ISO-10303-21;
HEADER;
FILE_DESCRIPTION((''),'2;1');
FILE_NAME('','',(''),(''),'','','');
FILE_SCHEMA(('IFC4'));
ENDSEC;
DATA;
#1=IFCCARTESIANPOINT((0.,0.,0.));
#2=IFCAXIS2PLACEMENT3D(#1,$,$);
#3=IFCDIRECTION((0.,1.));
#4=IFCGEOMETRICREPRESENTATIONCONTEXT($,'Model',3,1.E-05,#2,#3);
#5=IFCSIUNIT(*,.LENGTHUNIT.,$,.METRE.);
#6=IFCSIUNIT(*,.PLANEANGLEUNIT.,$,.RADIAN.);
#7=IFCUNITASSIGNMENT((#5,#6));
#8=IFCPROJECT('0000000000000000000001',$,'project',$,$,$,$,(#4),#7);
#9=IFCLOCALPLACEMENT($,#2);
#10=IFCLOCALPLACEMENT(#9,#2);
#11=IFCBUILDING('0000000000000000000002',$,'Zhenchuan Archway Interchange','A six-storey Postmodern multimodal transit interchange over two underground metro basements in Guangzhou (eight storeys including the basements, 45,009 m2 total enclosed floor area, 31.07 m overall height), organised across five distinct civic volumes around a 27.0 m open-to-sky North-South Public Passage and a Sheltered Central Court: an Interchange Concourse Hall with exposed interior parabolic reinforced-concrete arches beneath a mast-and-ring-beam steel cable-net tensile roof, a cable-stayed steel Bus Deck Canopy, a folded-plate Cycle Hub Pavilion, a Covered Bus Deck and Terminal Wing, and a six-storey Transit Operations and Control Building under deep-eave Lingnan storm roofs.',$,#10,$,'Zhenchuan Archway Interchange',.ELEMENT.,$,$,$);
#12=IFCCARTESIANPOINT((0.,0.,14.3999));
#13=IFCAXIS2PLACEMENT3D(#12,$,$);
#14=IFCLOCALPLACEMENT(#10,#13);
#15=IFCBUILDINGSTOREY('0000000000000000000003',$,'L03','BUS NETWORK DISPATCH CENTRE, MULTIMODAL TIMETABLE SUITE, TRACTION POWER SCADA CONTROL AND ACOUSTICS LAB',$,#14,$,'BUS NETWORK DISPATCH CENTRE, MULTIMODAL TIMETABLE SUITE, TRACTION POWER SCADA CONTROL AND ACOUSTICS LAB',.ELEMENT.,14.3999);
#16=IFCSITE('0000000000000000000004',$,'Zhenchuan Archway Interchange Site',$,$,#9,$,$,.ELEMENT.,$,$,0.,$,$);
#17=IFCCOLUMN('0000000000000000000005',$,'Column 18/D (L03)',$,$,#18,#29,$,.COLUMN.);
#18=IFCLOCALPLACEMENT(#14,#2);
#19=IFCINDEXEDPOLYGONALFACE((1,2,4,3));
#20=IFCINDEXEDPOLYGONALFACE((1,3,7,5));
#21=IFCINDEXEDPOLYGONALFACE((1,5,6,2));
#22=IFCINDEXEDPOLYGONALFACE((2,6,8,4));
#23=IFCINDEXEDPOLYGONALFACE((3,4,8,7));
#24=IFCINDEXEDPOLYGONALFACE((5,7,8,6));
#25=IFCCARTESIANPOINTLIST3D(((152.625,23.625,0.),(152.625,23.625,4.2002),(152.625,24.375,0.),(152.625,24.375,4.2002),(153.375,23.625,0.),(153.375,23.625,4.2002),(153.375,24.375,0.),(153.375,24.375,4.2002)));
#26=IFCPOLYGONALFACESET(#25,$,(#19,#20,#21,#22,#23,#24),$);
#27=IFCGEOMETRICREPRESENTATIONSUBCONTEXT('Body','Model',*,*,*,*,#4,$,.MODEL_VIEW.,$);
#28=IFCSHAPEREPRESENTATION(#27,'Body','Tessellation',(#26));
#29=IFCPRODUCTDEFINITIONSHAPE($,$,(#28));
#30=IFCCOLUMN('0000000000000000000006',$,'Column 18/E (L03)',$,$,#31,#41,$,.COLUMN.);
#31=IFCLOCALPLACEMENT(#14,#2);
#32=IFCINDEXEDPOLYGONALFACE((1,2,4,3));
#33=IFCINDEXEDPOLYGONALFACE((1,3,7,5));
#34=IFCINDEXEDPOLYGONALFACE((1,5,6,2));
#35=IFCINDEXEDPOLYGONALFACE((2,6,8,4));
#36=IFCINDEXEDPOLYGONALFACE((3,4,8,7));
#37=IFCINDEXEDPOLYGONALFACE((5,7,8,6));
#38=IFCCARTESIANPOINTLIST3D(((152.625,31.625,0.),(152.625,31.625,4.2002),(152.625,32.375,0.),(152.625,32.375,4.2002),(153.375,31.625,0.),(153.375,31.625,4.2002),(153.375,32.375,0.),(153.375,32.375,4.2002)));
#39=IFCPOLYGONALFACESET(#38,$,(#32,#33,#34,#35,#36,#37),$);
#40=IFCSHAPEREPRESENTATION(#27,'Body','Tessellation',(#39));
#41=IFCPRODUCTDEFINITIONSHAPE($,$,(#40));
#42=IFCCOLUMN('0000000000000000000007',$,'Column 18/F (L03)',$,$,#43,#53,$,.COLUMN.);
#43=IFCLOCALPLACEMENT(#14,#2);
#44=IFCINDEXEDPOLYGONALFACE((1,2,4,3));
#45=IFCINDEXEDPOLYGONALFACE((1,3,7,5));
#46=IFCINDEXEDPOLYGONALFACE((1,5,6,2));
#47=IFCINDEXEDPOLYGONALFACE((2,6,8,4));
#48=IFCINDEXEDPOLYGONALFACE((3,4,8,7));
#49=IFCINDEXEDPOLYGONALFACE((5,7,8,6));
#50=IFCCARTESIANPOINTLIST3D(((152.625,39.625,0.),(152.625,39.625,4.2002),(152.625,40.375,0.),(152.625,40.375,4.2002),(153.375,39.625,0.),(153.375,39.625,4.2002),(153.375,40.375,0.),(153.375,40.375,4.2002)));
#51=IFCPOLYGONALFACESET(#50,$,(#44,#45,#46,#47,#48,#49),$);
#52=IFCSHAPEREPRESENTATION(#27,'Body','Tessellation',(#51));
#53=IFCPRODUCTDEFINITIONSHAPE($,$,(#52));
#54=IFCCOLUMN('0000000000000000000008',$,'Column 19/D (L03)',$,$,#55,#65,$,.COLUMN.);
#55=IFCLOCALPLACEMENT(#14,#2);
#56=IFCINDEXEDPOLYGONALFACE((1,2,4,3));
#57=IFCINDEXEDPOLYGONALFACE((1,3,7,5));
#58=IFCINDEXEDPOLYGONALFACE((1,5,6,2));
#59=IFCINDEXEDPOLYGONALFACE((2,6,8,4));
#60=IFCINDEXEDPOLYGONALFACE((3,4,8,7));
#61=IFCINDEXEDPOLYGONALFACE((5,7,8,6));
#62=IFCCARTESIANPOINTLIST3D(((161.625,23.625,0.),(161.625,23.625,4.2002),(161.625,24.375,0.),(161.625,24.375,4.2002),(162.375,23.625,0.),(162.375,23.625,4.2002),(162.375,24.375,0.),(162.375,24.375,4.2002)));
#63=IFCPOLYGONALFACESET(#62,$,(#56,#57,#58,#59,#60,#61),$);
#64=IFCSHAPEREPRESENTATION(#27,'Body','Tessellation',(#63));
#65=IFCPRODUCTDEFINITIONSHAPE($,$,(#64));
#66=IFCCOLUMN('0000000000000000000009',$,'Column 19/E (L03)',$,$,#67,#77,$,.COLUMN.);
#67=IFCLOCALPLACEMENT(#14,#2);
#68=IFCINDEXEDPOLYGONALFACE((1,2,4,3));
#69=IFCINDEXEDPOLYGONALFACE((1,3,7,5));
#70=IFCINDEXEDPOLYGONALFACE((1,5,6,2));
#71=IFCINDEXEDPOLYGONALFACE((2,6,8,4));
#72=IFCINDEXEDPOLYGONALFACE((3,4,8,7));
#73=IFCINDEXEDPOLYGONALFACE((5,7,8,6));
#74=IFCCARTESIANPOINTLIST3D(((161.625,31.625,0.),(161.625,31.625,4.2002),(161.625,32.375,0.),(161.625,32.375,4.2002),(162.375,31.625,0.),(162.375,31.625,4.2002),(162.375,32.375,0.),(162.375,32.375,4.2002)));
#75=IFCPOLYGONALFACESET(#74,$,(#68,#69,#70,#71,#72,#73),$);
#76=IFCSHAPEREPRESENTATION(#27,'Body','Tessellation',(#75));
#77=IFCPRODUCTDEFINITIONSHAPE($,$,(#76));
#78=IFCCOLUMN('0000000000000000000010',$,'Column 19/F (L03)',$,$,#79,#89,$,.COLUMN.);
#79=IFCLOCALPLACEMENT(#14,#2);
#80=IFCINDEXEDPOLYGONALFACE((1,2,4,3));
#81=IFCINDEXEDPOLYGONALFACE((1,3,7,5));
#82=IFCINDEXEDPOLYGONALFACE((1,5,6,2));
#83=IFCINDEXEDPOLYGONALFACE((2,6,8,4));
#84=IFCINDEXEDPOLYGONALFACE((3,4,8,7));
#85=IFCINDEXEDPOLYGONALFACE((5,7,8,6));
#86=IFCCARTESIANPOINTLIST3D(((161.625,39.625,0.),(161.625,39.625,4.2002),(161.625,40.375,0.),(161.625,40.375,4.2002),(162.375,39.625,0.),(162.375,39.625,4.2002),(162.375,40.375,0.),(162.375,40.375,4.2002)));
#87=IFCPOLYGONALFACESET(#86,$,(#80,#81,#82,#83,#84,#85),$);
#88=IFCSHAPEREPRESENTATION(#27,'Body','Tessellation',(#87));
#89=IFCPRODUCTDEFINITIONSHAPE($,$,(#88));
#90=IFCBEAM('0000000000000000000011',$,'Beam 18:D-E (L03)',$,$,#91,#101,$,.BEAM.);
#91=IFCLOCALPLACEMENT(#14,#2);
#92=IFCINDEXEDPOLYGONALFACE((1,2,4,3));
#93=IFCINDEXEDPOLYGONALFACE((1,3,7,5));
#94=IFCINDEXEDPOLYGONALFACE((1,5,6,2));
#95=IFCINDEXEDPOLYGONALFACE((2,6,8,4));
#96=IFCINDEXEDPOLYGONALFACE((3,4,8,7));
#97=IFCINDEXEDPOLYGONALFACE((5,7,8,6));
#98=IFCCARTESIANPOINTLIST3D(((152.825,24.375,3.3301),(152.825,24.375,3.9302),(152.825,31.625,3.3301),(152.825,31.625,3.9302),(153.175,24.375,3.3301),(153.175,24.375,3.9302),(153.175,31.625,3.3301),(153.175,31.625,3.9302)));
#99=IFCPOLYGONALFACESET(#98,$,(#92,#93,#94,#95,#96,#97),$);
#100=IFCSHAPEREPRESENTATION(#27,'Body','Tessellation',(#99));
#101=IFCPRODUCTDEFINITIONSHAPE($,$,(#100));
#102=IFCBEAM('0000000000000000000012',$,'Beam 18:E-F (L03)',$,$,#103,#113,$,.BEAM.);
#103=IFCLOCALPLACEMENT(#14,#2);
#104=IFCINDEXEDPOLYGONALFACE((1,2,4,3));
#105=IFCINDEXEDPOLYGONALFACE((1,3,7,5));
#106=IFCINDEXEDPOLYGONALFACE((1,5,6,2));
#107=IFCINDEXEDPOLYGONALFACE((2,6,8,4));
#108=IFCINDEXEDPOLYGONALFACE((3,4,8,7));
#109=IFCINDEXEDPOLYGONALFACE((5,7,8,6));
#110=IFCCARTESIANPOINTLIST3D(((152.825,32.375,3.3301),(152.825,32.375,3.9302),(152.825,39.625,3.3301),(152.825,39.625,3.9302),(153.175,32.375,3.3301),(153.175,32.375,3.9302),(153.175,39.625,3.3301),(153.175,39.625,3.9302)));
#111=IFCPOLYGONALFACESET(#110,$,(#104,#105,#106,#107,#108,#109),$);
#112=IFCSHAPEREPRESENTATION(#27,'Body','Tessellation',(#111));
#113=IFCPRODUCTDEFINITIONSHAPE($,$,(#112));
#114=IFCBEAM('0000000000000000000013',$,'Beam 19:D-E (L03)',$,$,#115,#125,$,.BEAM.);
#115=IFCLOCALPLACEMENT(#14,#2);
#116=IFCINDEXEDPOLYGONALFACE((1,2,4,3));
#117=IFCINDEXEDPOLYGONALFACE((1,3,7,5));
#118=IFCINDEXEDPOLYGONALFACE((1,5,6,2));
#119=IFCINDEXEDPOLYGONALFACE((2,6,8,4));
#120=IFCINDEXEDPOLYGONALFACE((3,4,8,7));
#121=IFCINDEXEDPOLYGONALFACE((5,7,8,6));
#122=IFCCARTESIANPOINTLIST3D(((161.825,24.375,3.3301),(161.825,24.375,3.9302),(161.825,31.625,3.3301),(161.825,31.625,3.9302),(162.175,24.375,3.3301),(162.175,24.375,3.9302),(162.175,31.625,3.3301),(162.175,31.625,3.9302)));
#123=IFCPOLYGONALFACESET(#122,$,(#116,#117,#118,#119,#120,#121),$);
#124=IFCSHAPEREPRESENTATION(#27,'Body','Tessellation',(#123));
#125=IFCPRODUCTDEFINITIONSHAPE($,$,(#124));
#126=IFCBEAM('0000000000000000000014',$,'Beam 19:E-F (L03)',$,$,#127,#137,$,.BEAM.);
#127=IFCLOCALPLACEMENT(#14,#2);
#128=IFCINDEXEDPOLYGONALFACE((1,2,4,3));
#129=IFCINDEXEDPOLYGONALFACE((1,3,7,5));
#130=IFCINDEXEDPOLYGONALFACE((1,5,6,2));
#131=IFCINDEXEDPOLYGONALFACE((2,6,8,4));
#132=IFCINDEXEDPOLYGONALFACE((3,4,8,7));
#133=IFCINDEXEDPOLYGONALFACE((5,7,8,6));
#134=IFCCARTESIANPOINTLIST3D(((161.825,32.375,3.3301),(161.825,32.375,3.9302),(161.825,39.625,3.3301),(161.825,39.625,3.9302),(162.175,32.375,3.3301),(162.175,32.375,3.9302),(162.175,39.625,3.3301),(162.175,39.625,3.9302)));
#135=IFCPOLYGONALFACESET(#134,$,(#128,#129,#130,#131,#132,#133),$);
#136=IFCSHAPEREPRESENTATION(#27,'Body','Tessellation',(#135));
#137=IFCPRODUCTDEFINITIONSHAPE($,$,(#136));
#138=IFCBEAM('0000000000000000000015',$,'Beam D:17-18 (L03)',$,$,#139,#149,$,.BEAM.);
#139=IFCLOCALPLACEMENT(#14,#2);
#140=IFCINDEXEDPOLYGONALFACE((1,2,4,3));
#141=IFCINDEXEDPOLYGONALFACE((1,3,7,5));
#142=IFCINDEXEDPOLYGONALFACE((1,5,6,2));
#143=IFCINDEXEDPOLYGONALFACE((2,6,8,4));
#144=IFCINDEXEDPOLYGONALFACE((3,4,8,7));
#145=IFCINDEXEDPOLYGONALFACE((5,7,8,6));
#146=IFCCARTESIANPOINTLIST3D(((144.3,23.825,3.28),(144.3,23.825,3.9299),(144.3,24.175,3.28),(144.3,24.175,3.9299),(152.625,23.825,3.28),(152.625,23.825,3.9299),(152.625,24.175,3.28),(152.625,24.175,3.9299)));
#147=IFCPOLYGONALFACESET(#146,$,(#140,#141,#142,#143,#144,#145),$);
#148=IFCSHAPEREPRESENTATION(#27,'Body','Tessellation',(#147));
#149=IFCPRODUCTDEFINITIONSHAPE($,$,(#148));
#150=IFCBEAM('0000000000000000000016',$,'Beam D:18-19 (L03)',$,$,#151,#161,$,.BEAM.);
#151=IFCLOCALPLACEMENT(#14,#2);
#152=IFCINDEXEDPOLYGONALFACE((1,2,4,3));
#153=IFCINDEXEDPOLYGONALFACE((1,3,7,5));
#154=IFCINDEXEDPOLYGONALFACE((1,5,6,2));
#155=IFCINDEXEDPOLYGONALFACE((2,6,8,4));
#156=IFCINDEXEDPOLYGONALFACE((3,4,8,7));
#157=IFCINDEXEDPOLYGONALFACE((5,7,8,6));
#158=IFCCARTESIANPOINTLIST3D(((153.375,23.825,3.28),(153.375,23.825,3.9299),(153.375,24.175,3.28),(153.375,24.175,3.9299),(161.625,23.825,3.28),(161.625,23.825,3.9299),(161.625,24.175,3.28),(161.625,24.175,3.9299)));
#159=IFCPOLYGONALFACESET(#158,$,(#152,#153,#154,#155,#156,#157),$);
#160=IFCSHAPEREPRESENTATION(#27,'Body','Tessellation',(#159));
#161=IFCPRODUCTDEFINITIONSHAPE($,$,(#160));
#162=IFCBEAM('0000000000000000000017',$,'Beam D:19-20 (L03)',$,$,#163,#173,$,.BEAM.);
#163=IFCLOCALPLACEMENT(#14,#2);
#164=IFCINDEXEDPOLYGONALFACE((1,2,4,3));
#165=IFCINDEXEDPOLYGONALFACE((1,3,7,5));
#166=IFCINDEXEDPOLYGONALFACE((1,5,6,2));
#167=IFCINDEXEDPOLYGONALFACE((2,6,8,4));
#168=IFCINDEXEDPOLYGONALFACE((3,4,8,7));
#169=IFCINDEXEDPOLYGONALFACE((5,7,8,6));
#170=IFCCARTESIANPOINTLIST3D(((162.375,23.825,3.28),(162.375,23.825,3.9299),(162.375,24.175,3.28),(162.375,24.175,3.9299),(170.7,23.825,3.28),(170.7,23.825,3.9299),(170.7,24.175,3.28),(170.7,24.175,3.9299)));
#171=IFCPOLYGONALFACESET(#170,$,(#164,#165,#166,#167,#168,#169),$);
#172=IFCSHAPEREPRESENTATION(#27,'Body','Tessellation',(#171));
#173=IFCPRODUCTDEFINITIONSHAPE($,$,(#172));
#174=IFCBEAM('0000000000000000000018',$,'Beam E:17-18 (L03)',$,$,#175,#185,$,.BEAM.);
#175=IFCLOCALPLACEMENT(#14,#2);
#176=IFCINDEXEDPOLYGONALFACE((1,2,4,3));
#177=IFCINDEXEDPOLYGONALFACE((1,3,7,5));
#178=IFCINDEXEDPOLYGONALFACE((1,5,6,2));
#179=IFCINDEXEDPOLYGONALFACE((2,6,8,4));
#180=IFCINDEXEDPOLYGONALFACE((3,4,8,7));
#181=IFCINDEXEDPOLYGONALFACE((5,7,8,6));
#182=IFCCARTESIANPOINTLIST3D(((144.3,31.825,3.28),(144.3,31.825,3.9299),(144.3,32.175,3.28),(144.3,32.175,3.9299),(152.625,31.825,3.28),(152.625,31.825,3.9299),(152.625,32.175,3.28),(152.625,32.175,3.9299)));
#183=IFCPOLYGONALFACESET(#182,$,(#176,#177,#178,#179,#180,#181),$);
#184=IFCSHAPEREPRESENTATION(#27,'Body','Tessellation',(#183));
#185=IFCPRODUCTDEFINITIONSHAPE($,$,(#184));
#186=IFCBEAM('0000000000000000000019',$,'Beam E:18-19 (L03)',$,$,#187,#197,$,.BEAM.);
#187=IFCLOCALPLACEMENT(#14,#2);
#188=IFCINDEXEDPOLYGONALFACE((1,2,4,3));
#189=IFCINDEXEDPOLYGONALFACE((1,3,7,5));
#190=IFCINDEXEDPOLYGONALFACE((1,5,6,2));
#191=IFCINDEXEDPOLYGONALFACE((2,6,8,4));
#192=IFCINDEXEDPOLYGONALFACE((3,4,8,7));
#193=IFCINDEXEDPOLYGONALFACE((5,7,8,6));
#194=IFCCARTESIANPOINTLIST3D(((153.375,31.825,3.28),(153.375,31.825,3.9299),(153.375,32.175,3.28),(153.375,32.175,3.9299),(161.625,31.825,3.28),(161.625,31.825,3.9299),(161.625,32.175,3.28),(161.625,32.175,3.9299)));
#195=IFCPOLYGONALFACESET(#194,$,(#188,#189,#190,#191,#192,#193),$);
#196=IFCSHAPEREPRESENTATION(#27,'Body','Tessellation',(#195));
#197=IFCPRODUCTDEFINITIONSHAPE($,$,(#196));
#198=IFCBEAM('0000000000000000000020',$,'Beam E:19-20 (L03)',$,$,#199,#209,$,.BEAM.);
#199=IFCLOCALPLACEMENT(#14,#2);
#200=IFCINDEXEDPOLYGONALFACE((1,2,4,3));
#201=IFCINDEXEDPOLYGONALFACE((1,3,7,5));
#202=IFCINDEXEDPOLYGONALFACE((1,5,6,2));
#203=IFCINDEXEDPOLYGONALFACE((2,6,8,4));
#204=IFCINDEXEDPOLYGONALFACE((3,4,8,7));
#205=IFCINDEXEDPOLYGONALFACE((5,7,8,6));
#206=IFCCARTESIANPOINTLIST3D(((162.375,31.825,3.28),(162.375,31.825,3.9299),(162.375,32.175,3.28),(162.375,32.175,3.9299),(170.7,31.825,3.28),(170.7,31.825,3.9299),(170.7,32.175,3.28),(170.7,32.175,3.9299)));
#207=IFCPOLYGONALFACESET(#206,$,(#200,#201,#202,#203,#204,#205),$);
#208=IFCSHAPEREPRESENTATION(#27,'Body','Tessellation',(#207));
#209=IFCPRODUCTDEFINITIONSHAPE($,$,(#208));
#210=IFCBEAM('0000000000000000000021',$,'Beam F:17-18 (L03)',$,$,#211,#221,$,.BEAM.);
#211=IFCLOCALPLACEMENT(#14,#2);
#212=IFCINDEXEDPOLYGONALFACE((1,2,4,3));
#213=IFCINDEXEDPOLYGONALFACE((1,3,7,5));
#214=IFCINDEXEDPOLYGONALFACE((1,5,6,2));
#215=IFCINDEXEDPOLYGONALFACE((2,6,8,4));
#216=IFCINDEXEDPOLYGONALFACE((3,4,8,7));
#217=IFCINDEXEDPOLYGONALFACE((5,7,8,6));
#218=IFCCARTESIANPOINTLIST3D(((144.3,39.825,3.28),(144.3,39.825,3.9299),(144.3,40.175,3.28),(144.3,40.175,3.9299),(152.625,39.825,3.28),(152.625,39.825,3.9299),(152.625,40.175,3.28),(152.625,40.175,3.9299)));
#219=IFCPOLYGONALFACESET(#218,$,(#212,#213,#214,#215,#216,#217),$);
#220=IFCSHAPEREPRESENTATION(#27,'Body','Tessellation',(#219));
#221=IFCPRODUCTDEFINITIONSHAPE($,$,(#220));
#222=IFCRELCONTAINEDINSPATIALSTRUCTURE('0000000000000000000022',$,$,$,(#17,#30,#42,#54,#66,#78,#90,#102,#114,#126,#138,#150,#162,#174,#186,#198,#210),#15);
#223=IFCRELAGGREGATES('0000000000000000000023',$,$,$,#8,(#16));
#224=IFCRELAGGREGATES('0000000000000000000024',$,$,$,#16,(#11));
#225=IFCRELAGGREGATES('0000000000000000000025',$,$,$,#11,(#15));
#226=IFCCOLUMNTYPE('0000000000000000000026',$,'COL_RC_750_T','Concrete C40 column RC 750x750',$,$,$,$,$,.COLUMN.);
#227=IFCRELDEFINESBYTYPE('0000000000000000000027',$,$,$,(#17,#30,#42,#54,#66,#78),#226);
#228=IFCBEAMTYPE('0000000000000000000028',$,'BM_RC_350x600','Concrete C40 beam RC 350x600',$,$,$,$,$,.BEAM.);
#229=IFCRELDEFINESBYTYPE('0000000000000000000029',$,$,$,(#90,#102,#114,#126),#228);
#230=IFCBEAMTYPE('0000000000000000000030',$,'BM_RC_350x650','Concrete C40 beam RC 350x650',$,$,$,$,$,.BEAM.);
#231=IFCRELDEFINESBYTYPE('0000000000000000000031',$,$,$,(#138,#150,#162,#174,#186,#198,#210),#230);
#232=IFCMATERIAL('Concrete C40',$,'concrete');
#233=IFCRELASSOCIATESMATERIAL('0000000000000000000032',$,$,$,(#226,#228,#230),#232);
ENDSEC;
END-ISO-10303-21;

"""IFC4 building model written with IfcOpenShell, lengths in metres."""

from ifc_helpers import new_model, si_unit, direction, frame, origin, origin_2d, place, context, subcontext, project, spatial, rectangle, extrude, material, material_profile, profile_set, type_object, element, save


model = new_model("IFC4")

# Units and contexts
model_context = context("Model", 3, precision=1e-05, world=origin(), true_north=direction((0.0, 1.0)))
body_context = subcontext(model_context, "Body", "Model", "MODEL_VIEW")
ifc_project = project(units=[si_unit("LENGTHUNIT", "METRE"), si_unit("PLANEANGLEUNIT", "RADIAN")], contexts=[model_context])

# Site, building, storey
site_placement = place(None, origin())
site = spatial("IfcSite", under=ifc_project, at=site_placement, Name="Zhenchuan Archway Interchange Site", CompositionType="ELEMENT", RefElevation=0.0)
building_placement = place(site_placement, origin())
building = spatial("IfcBuilding", under=site, at=building_placement, Name="Zhenchuan Archway Interchange", Description="A six-storey Postmodern multimodal transit interchange over two underground metro basements in Guangzhou (eight storeys including the basements, 45,009 m2 total enclosed floor area, 31.07 m overall height), organised across five distinct civic volumes around a 27.0 m open-to-sky North-South Public Passage and a Sheltered Central Court: an Interchange Concourse Hall with exposed interior parabolic reinforced-concrete arches beneath a mast-and-ring-beam steel cable-net tensile roof, a cable-stayed steel Bus Deck Canopy, a folded-plate Cycle Hub Pavilion, a Covered Bus Deck and Terminal Wing, and a six-storey Transit Operations and Control Building under deep-eave Lingnan storm roofs.", LongName="Zhenchuan Archway Interchange", CompositionType="ELEMENT")
storey_placement = place(building_placement, frame((0.0, 0.0, 14.3999)))
storey = spatial("IfcBuildingStorey", under=building, at=storey_placement, Name="L03", Description="BUS NETWORK DISPATCH CENTRE, MULTIMODAL TIMETABLE SUITE, TRACTION POWER SCADA CONTROL AND ACOUSTICS LAB", LongName="BUS NETWORK DISPATCH CENTRE, MULTIMODAL TIMETABLE SUITE, TRACTION POWER SCADA CONTROL AND ACOUSTICS LAB", CompositionType="ELEMENT", Elevation=14.3999)

# Columns
ifc_material_1 = material(Name="Concrete C40", Category="concrete")
ifc_material_profile_1 = material_profile(ifc_material_1, rectangle(XDim=0.75, YDim=0.75, at=origin_2d()), Name="RC 750x750")
ifc_profile_set_1 = profile_set([ifc_material_profile_1], Name="Concrete C40")
column_type = type_object("IfcColumnType", Name="COL_RC_750_T", Description="Concrete C40 column RC 750x750", PredefinedType="COLUMN", material=ifc_profile_set_1)
for number, where, z_axis, x_axis, name in (
    (1, (153.0, 24.0, 0.0), (0.0, 0.0, 1.0), (1.0, 0.0, 0.0), "Column 18/D (L03)"),
    (2, (153.0, 32.0, 0.0), (0.0, 0.0, 1.0), (1.0, 0.0, 0.0), "Column 18/E (L03)"),
    (3, (153.0, 40.0, 0.0), (0.0, 0.0, 1.0), (1.0, 0.0, 0.0), "Column 18/F (L03)"),
    (4, (162.0, 24.0, 0.0), (0.0, 0.0, 1.0), (1.0, 0.0, 0.0), "Column 19/D (L03)"),
    (5, (162.0, 32.0, 0.0), (0.0, 0.0, 1.0), (1.0, 0.0, 0.0), "Column 19/E (L03)"),
    (6, (162.0, 40.0, 0.0), (0.0, 0.0, 1.0), (1.0, 0.0, 0.0), "Column 19/F (L03)"),
):
    element("IfcColumn", number, at=place(storey_placement, frame(where, z_axis=z_axis, x_axis=x_axis)), inside=storey, type_object=column_type, Name=name, PredefinedType="COLUMN", context=body_context, shape_type="SweptSolid", body=[
        extrude(rectangle(XDim=0.75, YDim=0.75, at=origin_2d()), origin(), (0.0, 0.0, 1.0), 4.2002),
    ])

# Beams
ifc_material_profile_2 = material_profile(ifc_material_1, rectangle(XDim=0.3501, YDim=0.6001, at=origin_2d()), Name="RC 350x600")
ifc_profile_set_2 = profile_set([ifc_material_profile_2], Name="Concrete C40")
beam_type_1 = type_object("IfcBeamType", Name="BM_RC_350x600", Description="Concrete C40 beam RC 350x600", PredefinedType="BEAM", material=ifc_profile_set_2)
for number, where, z_axis, x_axis, name in (
    (7, (153.0, 24.375, 3.6301), (0.0, 1.0, 0.0), (-1.0, 0.0, 0.0), "Beam 18:D-E (L03)"),
    (8, (153.0, 32.375, 3.6301), (0.0, 1.0, 0.0), (-1.0, 0.0, 0.0), "Beam 18:E-F (L03)"),
    (9, (162.0, 24.375, 3.6301), (0.0, 1.0, 0.0), (-1.0, 0.0, 0.0), "Beam 19:D-E (L03)"),
    (10, (162.0, 32.375, 3.6301), (0.0, 1.0, 0.0), (-1.0, 0.0, 0.0), "Beam 19:E-F (L03)"),
):
    element("IfcBeam", number, at=place(storey_placement, frame(where, z_axis=z_axis, x_axis=x_axis)), inside=storey, type_object=beam_type_1, Name=name, PredefinedType="BEAM", context=body_context, shape_type="SweptSolid", body=[
        extrude(rectangle(XDim=0.3501, YDim=0.6001, at=origin_2d()), origin(), (0.0, 0.0, 1.0), 7.25),
    ])
ifc_material_profile_3 = material_profile(ifc_material_1, rectangle(XDim=0.3501, YDim=0.6499, at=origin_2d()), Name="RC 350x650")
ifc_profile_set_3 = profile_set([ifc_material_profile_3], Name="Concrete C40")
beam_type_2 = type_object("IfcBeamType", Name="BM_RC_350x650", Description="Concrete C40 beam RC 350x650", PredefinedType="BEAM", material=ifc_profile_set_3)
beam_1_placement = place(storey_placement, frame((144.3, 24.0, 3.605), z_axis=(1.0, 0.0, 0.0), x_axis=(0.0, 1.0, 0.0)))
element("IfcBeam", 11, at=beam_1_placement, inside=storey, type_object=beam_type_2, Name="Beam D:17-18 (L03)", PredefinedType="BEAM", context=body_context, shape_type="SweptSolid", body=[
    extrude(rectangle(XDim=0.3501, YDim=0.6499, at=origin_2d()), origin(), (0.0, 0.0, 1.0), 8.325),
])
beam_2_placement = place(storey_placement, frame((153.375, 24.0, 3.605), z_axis=(1.0, 0.0, 0.0), x_axis=(0.0, 1.0, 0.0)))
element("IfcBeam", 12, at=beam_2_placement, inside=storey, type_object=beam_type_2, Name="Beam D:18-19 (L03)", PredefinedType="BEAM", context=body_context, shape_type="SweptSolid", body=[
    extrude(rectangle(XDim=0.3501, YDim=0.6499, at=origin_2d()), origin(), (0.0, 0.0, 1.0), 8.25),
])
for number, where, z_axis, x_axis, name in (
    (13, (162.375, 24.0, 3.605), (1.0, 0.0, 0.0), (0.0, 1.0, 0.0), "Beam D:19-20 (L03)"),
    (14, (144.3, 32.0, 3.605), (1.0, 0.0, 0.0), (0.0, 1.0, 0.0), "Beam E:17-18 (L03)"),
):
    element("IfcBeam", number, at=place(storey_placement, frame(where, z_axis=z_axis, x_axis=x_axis)), inside=storey, type_object=beam_type_2, Name=name, PredefinedType="BEAM", context=body_context, shape_type="SweptSolid", body=[
        extrude(rectangle(XDim=0.3501, YDim=0.6499, at=origin_2d()), origin(), (0.0, 0.0, 1.0), 8.325),
    ])
beam_3_placement = place(storey_placement, frame((153.375, 32.0, 3.605), z_axis=(1.0, 0.0, 0.0), x_axis=(0.0, 1.0, 0.0)))
element("IfcBeam", 15, at=beam_3_placement, inside=storey, type_object=beam_type_2, Name="Beam E:18-19 (L03)", PredefinedType="BEAM", context=body_context, shape_type="SweptSolid", body=[
    extrude(rectangle(XDim=0.3501, YDim=0.6499, at=origin_2d()), origin(), (0.0, 0.0, 1.0), 8.25),
])
for number, where, z_axis, x_axis, name in (
    (16, (162.375, 32.0, 3.605), (1.0, 0.0, 0.0), (0.0, 1.0, 0.0), "Beam E:19-20 (L03)"),
    (17, (144.3, 40.0, 3.605), (1.0, 0.0, 0.0), (0.0, 1.0, 0.0), "Beam F:17-18 (L03)"),
):
    element("IfcBeam", number, at=place(storey_placement, frame(where, z_axis=z_axis, x_axis=x_axis)), inside=storey, type_object=beam_type_2, Name=name, PredefinedType="BEAM", context=body_context, shape_type="SweptSolid", body=[
        extrude(rectangle(XDim=0.3501, YDim=0.6499, at=origin_2d()), origin(), (0.0, 0.0, 1.0), 8.325),
    ])

save(model, "model.ifc")
